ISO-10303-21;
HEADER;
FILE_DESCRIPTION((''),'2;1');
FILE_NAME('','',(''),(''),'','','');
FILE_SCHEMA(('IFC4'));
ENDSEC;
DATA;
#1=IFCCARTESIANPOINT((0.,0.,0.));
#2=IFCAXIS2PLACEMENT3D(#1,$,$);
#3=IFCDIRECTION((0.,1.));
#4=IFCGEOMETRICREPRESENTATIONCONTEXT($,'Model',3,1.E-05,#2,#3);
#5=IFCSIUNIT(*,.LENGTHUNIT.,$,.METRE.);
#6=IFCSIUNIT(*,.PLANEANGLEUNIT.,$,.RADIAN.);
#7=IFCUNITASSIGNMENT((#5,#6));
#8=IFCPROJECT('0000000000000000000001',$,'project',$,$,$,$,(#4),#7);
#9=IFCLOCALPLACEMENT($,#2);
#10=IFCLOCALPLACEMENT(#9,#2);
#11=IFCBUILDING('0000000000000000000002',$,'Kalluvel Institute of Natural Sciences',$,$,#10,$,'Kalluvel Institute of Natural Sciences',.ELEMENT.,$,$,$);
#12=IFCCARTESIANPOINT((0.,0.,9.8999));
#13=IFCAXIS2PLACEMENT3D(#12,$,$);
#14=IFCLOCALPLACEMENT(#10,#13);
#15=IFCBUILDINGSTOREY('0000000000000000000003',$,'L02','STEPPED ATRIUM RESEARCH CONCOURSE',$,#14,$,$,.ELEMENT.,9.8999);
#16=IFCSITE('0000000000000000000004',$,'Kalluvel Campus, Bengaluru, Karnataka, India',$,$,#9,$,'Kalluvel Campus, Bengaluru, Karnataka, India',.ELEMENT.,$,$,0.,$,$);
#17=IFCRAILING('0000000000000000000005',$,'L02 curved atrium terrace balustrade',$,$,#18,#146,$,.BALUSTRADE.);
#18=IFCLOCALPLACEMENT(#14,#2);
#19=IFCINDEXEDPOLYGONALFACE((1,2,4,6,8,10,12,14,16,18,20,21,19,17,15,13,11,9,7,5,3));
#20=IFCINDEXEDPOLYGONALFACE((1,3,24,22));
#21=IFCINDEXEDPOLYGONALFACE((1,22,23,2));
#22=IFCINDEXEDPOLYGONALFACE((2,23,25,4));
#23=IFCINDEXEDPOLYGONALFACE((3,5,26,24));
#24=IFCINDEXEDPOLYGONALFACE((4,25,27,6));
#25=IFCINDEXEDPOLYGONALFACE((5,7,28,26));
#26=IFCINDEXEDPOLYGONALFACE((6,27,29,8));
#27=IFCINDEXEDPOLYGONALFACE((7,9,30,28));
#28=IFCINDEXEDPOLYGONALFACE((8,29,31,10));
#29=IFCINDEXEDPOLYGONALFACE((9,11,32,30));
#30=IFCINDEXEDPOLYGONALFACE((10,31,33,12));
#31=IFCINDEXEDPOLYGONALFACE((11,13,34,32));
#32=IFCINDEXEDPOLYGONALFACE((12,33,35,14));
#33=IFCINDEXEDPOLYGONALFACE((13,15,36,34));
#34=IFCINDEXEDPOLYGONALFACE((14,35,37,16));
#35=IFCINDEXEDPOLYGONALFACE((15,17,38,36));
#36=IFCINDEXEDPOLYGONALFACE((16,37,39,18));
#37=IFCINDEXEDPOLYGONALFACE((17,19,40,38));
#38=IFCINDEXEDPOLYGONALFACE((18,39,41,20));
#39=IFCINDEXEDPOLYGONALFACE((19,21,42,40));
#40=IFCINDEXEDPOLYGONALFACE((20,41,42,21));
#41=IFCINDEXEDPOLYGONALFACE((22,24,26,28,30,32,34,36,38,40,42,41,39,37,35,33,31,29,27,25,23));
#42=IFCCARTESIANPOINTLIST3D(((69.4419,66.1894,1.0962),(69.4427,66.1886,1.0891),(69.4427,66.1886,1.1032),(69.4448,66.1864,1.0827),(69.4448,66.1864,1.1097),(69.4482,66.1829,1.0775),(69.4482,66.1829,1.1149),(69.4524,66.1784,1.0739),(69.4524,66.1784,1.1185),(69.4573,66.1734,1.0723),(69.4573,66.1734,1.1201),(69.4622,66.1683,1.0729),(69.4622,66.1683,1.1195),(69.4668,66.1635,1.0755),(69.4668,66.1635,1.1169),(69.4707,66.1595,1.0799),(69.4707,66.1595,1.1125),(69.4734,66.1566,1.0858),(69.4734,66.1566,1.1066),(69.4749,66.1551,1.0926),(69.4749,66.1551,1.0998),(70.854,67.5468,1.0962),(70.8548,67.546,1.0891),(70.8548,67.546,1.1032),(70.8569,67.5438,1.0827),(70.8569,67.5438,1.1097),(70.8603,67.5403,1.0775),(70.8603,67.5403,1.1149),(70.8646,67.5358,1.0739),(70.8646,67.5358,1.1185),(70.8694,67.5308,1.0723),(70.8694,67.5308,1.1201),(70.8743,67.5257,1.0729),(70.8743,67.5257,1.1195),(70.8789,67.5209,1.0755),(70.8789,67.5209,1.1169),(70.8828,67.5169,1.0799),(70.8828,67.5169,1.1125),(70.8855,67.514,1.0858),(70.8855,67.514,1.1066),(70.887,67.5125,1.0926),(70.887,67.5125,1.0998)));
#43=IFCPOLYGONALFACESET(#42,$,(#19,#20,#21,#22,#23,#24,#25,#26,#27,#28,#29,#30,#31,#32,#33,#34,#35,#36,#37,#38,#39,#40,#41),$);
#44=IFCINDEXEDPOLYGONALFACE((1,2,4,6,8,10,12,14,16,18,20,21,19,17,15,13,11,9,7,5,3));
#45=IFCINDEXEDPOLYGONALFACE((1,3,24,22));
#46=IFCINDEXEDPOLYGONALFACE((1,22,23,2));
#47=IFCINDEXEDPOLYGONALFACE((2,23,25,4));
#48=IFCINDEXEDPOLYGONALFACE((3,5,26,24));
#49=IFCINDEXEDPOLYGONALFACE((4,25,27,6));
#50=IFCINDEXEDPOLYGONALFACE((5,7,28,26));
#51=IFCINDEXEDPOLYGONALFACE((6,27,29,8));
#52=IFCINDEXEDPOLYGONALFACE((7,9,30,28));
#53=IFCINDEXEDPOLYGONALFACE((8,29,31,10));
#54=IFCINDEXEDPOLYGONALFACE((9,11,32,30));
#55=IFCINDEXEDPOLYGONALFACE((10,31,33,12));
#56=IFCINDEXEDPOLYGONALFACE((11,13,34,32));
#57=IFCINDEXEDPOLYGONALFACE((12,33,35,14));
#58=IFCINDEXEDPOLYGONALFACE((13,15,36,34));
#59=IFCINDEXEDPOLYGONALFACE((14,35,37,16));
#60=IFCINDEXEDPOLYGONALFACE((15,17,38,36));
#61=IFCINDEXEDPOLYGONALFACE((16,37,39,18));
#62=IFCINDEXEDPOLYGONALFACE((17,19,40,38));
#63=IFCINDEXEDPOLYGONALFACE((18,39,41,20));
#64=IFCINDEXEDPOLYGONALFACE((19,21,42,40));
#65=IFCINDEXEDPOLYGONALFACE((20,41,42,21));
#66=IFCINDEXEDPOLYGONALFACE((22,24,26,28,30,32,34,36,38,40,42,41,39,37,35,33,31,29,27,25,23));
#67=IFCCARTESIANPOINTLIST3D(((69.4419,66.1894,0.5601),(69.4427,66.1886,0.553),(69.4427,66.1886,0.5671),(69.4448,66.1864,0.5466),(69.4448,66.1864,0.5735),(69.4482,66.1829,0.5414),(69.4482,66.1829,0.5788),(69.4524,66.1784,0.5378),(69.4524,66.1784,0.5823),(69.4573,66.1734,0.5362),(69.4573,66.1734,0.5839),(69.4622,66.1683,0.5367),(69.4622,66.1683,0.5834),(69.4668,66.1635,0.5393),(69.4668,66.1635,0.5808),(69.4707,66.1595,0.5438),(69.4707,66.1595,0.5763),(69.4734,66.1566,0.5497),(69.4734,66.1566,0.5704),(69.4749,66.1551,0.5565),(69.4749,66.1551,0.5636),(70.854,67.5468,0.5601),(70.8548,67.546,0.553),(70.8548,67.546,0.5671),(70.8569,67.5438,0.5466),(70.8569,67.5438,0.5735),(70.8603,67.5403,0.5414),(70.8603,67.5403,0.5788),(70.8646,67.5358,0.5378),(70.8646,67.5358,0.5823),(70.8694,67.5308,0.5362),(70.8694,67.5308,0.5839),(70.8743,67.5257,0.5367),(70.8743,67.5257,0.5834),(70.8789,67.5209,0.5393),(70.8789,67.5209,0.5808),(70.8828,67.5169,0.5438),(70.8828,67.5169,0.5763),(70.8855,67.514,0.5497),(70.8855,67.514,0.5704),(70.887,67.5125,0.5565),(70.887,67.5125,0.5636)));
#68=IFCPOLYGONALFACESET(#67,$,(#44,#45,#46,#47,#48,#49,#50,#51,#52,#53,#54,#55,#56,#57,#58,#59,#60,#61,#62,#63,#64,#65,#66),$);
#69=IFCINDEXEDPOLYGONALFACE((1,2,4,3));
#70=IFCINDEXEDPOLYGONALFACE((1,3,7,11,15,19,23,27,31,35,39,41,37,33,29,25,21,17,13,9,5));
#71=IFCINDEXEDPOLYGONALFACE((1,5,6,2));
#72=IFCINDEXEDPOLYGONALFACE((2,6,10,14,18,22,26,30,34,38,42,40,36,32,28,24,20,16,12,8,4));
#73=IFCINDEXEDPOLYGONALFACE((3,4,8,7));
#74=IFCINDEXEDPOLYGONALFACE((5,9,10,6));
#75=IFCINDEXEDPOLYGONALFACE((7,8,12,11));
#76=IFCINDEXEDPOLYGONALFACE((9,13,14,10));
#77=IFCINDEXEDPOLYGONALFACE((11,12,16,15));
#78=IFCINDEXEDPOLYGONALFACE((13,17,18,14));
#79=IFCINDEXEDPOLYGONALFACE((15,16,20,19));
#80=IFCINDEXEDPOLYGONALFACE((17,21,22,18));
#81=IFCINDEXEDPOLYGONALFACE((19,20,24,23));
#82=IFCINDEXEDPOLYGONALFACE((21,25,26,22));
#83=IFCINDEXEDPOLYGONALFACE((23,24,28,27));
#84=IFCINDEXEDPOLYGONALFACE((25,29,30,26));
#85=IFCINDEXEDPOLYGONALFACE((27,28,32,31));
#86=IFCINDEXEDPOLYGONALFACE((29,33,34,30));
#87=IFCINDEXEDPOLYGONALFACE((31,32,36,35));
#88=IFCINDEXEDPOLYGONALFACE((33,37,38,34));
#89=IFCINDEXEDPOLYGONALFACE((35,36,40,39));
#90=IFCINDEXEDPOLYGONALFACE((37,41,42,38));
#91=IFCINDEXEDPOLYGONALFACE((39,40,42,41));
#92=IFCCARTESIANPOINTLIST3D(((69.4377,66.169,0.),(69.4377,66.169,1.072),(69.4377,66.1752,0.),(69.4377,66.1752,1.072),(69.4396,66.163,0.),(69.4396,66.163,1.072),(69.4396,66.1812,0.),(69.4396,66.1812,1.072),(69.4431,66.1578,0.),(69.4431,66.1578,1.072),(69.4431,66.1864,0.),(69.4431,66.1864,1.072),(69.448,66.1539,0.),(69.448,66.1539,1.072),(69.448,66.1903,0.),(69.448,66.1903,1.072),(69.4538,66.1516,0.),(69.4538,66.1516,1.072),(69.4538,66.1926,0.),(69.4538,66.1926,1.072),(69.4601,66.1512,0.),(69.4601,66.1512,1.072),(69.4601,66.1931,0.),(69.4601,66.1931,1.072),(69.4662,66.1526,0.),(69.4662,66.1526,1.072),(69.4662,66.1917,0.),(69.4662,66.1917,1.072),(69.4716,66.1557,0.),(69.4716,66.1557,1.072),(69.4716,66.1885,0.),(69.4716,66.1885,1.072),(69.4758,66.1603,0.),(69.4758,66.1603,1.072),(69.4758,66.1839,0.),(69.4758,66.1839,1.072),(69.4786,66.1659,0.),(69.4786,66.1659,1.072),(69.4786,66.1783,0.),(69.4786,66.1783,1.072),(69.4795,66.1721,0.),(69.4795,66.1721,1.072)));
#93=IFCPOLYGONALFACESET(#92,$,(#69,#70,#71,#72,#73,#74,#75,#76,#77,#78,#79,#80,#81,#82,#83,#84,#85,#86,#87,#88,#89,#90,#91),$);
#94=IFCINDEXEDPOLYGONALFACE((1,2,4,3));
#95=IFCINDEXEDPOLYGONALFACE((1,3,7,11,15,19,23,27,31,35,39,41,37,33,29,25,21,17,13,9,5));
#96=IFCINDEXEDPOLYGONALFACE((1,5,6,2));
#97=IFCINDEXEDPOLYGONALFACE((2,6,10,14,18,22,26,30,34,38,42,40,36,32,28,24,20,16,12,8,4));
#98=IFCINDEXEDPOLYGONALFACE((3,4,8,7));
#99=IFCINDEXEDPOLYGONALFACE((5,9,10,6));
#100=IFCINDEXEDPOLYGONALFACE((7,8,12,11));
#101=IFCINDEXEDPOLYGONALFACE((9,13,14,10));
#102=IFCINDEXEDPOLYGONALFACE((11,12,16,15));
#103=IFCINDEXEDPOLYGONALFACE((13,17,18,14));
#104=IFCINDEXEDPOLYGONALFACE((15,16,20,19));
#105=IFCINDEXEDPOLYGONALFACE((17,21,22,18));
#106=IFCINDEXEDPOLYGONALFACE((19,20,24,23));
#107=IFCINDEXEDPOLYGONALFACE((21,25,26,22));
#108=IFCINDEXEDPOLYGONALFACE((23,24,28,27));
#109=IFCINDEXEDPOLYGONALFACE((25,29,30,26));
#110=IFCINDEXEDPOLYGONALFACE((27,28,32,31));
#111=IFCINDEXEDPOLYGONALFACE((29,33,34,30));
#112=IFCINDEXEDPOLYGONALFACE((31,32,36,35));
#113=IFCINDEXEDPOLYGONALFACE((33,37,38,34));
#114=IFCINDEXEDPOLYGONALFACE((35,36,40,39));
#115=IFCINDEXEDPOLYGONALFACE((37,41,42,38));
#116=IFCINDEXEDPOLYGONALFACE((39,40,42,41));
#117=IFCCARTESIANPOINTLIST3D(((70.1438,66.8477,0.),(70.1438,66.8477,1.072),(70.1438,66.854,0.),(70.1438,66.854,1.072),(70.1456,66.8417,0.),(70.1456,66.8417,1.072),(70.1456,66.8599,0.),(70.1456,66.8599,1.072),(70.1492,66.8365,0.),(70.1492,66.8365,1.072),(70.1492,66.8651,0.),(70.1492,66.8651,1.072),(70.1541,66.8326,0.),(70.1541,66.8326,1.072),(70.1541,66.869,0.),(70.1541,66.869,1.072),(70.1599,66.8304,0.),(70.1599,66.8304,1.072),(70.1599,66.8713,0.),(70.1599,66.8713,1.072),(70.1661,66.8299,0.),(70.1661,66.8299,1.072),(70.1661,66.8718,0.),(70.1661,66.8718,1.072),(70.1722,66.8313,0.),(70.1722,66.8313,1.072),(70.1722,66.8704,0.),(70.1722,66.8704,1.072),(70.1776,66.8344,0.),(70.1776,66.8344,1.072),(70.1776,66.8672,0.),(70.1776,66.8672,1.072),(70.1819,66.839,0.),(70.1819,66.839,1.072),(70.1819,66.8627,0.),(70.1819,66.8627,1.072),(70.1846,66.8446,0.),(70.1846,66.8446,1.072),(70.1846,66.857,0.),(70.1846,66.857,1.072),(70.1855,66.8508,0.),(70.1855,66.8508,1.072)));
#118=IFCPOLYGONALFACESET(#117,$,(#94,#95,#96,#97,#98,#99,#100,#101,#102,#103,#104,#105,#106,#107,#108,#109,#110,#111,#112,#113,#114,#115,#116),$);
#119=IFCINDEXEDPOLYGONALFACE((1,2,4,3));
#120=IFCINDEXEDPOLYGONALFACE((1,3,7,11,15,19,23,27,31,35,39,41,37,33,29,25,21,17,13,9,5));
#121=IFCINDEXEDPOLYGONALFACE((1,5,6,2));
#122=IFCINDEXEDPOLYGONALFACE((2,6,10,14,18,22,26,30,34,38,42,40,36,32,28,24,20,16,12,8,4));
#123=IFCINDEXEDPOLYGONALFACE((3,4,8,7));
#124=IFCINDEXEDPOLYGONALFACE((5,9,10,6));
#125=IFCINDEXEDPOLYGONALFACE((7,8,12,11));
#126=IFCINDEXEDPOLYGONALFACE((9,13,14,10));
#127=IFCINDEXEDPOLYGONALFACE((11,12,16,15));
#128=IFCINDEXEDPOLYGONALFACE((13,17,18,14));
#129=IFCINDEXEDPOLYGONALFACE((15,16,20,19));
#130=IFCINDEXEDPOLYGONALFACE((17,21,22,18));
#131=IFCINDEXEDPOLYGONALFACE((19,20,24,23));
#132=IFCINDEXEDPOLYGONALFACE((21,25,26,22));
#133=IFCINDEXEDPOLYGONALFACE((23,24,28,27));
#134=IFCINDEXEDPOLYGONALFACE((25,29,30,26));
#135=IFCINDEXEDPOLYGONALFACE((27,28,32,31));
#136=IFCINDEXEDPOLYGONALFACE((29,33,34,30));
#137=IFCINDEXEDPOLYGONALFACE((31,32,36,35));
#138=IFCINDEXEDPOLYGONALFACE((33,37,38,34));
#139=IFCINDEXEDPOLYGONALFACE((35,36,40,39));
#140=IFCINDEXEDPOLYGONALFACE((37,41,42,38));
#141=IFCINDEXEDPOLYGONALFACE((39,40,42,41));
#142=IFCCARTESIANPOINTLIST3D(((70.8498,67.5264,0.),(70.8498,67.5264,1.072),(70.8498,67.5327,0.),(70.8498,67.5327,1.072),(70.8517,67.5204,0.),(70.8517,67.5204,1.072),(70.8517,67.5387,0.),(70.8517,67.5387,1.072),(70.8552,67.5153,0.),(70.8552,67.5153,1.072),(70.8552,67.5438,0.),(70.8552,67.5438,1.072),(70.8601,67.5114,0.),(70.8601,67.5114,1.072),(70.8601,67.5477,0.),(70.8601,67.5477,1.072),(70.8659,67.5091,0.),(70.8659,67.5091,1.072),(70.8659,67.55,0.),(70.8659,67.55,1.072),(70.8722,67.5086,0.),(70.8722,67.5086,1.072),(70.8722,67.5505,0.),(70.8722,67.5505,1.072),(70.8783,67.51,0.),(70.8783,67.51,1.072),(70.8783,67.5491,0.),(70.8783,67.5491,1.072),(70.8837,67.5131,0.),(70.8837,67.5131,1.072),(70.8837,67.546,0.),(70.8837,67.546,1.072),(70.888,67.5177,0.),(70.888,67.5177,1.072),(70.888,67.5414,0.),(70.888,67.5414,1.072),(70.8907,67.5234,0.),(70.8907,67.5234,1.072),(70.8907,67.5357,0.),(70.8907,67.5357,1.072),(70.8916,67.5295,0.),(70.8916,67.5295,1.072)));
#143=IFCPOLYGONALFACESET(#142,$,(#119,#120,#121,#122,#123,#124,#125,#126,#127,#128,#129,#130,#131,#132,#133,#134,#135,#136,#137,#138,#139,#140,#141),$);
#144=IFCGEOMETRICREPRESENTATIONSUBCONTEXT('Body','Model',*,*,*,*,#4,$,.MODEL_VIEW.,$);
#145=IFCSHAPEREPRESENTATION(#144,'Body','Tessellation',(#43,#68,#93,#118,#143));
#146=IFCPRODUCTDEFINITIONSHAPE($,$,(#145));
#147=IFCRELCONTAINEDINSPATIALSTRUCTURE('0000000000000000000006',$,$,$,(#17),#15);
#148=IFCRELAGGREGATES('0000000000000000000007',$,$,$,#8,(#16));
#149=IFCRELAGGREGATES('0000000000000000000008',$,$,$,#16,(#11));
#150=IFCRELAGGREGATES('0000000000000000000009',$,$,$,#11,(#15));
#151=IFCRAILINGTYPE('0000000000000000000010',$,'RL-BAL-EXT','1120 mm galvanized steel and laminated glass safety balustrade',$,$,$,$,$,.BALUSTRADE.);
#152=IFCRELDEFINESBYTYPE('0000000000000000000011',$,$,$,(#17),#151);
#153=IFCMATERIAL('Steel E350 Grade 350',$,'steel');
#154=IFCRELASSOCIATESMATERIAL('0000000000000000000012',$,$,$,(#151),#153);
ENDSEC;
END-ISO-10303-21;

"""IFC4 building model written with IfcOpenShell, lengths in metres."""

from ifc_helpers import new_model, si_unit, direction, frame, origin, origin_2d, place, context, subcontext, project, spatial, circle, extrude, material, type_object, element, save


model = new_model("IFC4")

# Units and contexts
model_context = context("Model", 3, precision=1e-05, world=origin(), true_north=direction((0.0, 1.0)))
body_context = subcontext(model_context, "Body", "Model", "MODEL_VIEW")
ifc_project = project(units=[si_unit("LENGTHUNIT", "METRE"), si_unit("PLANEANGLEUNIT", "RADIAN")], contexts=[model_context])

# Site, building, storey
site_placement = place(None, origin())
site = spatial("IfcSite", under=ifc_project, at=site_placement, Name="Kalluvel Campus, Bengaluru, Karnataka, India", LongName="Kalluvel Campus, Bengaluru, Karnataka, India", CompositionType="ELEMENT", RefElevation=0.0)
building_placement = place(site_placement, origin())
building = spatial("IfcBuilding", under=site, at=building_placement, Name="Kalluvel Institute of Natural Sciences", LongName="Kalluvel Institute of Natural Sciences", CompositionType="ELEMENT")
storey_placement = place(building_placement, frame((0.0, 0.0, 9.8999)))
storey = spatial("IfcBuildingStorey", under=building, at=storey_placement, Name="L02", Description="STEPPED ATRIUM RESEARCH CONCOURSE", CompositionType="ELEMENT", Elevation=9.8999)

# Railing
ifc_material_1 = material(Name="Steel E350 Grade 350", Category="steel")
railing_type = type_object("IfcRailingType", Name="RL-BAL-EXT", Description="1120 mm galvanized steel and laminated glass safety balustrade", PredefinedType="BALUSTRADE", material=ifc_material_1)
railing_1_placement = place(storey_placement, frame((69.4585, 66.1721, 0.0)))
element("IfcRailing", 1, at=railing_1_placement, inside=storey, type_object=railing_type, Name="L02 curved atrium terrace balustrade", PredefinedType="BALUSTRADE", context=body_context, shape_type="SweptSolid", body=[
    extrude(circle(Radius=0.0239, at=origin_2d()), frame((0.0, 0.0, 1.0962), z_axis=(0.720929, 0.693009, 0.0), x_axis=(-0.693009, 0.720929, 0.0)), (0.0, 0.0, 1.0), 1.9587),
    extrude(circle(Radius=0.0239, at=origin_2d()), frame((0.0, 0.0, 0.5601), z_axis=(0.720929, 0.693009, 0.0), x_axis=(-0.693009, 0.720929, 0.0)), (0.0, 0.0, 1.0), 1.9587),
    extrude(circle(Radius=0.021, at=origin_2d()), origin(), (0.0, 0.0, 1.0), 1.072),
    extrude(circle(Radius=0.021, at=origin_2d()), frame((0.7061, 0.6787, 0.0)), (0.0, 0.0, 1.0), 1.072),
    extrude(circle(Radius=0.021, at=origin_2d()), frame((1.4121, 1.3574, 0.0)), (0.0, 0.0, 1.0), 1.072),
])

save(model, "model.ifc")
